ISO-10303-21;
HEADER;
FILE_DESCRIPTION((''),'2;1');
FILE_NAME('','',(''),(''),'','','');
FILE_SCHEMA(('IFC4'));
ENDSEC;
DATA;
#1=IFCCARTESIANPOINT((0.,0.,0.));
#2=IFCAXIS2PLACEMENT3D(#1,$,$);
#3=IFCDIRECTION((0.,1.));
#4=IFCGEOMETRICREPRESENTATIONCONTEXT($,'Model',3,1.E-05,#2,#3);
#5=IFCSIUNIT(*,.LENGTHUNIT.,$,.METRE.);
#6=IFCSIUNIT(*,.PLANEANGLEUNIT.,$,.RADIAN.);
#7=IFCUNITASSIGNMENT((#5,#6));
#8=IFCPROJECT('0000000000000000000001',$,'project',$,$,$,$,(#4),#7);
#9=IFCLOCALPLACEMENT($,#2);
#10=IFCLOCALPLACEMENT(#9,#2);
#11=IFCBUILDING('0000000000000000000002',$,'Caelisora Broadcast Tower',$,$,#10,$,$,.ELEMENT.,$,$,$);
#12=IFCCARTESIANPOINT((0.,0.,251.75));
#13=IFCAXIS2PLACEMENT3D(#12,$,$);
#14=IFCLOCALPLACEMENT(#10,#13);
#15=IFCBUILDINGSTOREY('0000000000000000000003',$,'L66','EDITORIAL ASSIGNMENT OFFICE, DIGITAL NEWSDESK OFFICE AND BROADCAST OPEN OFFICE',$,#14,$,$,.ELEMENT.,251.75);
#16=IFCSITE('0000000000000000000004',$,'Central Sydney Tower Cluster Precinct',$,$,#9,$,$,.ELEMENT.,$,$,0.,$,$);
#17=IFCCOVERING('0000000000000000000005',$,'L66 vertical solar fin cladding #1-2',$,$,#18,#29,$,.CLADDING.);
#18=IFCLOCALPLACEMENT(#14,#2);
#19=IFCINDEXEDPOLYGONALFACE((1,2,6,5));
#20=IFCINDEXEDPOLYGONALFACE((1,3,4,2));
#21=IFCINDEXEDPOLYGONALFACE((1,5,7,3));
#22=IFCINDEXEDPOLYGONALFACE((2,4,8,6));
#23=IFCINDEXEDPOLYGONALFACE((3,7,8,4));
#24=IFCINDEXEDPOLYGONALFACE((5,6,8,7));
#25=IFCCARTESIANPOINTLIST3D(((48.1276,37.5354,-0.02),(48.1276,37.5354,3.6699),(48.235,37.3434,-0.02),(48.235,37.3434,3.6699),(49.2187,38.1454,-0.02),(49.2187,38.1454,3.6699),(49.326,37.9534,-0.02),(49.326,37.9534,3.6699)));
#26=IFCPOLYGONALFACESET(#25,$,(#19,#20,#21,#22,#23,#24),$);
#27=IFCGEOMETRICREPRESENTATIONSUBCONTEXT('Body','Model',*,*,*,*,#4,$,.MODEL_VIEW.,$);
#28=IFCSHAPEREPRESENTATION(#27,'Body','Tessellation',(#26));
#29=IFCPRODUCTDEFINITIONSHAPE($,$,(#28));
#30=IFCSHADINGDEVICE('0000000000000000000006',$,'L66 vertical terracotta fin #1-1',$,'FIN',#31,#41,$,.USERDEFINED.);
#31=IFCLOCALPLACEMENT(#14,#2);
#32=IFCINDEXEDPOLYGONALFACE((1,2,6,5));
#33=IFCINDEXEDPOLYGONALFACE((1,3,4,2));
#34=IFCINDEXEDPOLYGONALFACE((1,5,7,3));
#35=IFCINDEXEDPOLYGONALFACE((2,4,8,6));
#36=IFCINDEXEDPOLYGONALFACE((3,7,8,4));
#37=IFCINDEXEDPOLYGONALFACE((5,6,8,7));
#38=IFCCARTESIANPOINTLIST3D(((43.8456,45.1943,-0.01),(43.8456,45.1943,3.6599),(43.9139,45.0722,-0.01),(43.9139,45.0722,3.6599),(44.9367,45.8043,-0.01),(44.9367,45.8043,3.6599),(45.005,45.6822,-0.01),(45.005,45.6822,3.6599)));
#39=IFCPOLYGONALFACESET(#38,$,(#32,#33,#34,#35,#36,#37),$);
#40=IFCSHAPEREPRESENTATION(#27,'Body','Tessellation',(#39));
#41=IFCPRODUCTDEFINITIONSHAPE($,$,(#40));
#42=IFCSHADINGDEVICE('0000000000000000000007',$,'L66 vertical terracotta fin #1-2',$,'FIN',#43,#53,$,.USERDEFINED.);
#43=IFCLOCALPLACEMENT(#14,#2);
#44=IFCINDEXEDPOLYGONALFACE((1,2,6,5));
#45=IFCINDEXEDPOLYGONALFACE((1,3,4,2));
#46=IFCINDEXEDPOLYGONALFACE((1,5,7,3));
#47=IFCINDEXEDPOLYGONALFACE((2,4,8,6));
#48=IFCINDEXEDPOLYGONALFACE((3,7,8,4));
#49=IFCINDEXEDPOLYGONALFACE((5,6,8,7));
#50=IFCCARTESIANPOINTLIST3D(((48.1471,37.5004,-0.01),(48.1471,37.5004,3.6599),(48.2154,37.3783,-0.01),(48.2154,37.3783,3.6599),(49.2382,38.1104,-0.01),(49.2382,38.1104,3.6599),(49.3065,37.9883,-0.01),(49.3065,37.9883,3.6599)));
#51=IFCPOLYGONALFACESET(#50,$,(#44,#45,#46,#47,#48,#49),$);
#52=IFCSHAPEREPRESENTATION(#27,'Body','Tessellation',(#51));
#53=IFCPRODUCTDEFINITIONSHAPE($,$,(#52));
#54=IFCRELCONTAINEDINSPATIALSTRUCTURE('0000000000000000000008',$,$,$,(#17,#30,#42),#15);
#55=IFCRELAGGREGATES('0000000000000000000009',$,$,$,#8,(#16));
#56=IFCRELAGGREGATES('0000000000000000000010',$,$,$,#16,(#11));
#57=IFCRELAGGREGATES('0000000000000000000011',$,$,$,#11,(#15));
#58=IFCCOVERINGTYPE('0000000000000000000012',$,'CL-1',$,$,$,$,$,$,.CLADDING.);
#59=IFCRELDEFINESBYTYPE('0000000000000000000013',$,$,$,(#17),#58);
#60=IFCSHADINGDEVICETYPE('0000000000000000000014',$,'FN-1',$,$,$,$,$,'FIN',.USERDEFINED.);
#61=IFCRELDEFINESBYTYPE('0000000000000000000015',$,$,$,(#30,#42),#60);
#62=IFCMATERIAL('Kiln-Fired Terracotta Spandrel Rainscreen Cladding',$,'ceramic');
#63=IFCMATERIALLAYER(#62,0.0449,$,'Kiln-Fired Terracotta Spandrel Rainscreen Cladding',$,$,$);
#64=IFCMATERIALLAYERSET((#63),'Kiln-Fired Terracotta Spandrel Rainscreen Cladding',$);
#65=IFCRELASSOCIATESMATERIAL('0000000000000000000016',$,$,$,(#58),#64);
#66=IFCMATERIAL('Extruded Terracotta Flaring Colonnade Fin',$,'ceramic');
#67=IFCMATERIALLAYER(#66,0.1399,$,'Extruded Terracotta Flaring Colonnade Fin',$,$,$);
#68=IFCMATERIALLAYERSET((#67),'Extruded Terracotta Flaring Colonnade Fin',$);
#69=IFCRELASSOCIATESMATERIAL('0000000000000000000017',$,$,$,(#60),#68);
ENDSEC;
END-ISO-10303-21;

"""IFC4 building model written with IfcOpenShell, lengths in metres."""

from ifc_helpers import new_model, si_unit, direction, frame, origin, origin_2d, place, context, subcontext, project, spatial, rectangle, extrude, source, transform, mapped, material, layer, layer_set, type_object, type_shapes, element, save


model = new_model("IFC4")

# Units and contexts
model_context = context("Model", 3, precision=1e-05, world=origin(), true_north=direction((0.0, 1.0)))
body_context = subcontext(model_context, "Body", "Model", "MODEL_VIEW")
ifc_project = project(units=[si_unit("LENGTHUNIT", "METRE"), si_unit("PLANEANGLEUNIT", "RADIAN")], contexts=[model_context])

# Site, building, storey
site_placement = place(None, origin())
site = spatial("IfcSite", under=ifc_project, at=site_placement, Name="Central Sydney Tower Cluster Precinct", CompositionType="ELEMENT", RefElevation=0.0)
building_placement = place(site_placement, origin())
building = spatial("IfcBuilding", under=site, at=building_placement, Name="Caelisora Broadcast Tower", CompositionType="ELEMENT")
storey_placement = place(building_placement, frame((0.0, 0.0, 251.75)))
storey = spatial("IfcBuildingStorey", under=building, at=storey_placement, Name="L66", Description="EDITORIAL ASSIGNMENT OFFICE, DIGITAL NEWSDESK OFFICE AND BROADCAST OPEN OFFICE", CompositionType="ELEMENT", Elevation=251.75)

# Covering
ifc_material_1 = material(Name="Kiln-Fired Terracotta Spandrel Rainscreen Cladding", Category="ceramic")
ifc_layer_1 = layer(ifc_material_1, 0.0449, Name="Kiln-Fired Terracotta Spandrel Rainscreen Cladding")
ifc_layer_set_1 = layer_set([ifc_layer_1], Name="Kiln-Fired Terracotta Spandrel Rainscreen Cladding")
covering_type = type_object("IfcCoveringType", Name="CL-1", PredefinedType="CLADDING", material=ifc_layer_set_1)
shared_shape_1 = source(origin(), body_context, "Body", "SweptSolid", [
    extrude(rectangle(XDim=0.22, YDim=1.25, at=origin_2d()), origin(), (0.0, 0.0, 1.0), 3.6899),
])
type_shapes(covering_type, [shared_shape_1])
for number, where, z_axis, x_axis, name in (
    (1, (48.7268, 37.7444, -0.02), (0.0, 0.0, 1.0), (0.488012, -0.872837, 0.0), "L66 vertical solar fin cladding #1-2"),
):
    element("IfcCovering", number, at=place(storey_placement, frame(where, z_axis=z_axis, x_axis=x_axis)), inside=storey, type_object=covering_type, Name=name, PredefinedType="CLADDING", context=body_context, shape_type="MappedRepresentation", body=[
        mapped(shared_shape_1, transform((0.0, 0.0, 0.0), scale=1.0)),
    ])

# Shading devices
ifc_material_2 = material(Name="Extruded Terracotta Flaring Colonnade Fin", Category="ceramic")
ifc_layer_2 = layer(ifc_material_2, 0.1399, Name="Extruded Terracotta Flaring Colonnade Fin")
ifc_layer_set_2 = layer_set([ifc_layer_2], Name="Extruded Terracotta Flaring Colonnade Fin")
shading_device_type = type_object("IfcShadingDeviceType", Name="FN-1", ElementType="FIN", PredefinedType="USERDEFINED", material=ifc_layer_set_2)
shared_shape_2 = source(origin(), body_context, "Body", "SweptSolid", [
    extrude(rectangle(XDim=0.1399, YDim=1.25, at=origin_2d()), origin(), (0.0, 0.0, 1.0), 3.6699),
])
type_shapes(shading_device_type, [shared_shape_2])
for number, where, z_axis, x_axis, name in (
    (2, (44.4253, 45.4382, -0.01), (0.0, 0.0, 1.0), (0.488012, -0.872837, 0.0), "L66 vertical terracotta fin #1-1"),
    (3, (48.7268, 37.7444, -0.01), (0.0, 0.0, 1.0), (0.488012, -0.872837, 0.0), "L66 vertical terracotta fin #1-2"),
):
    element("IfcShadingDevice", number, at=place(storey_placement, frame(where, z_axis=z_axis, x_axis=x_axis)), inside=storey, type_object=shading_device_type, Name=name, ObjectType="FIN", PredefinedType="USERDEFINED", context=body_context, shape_type="MappedRepresentation", body=[
        mapped(shared_shape_2, transform((0.0, 0.0, 0.0), scale=1.0)),
    ])

save(model, "model.ifc")
